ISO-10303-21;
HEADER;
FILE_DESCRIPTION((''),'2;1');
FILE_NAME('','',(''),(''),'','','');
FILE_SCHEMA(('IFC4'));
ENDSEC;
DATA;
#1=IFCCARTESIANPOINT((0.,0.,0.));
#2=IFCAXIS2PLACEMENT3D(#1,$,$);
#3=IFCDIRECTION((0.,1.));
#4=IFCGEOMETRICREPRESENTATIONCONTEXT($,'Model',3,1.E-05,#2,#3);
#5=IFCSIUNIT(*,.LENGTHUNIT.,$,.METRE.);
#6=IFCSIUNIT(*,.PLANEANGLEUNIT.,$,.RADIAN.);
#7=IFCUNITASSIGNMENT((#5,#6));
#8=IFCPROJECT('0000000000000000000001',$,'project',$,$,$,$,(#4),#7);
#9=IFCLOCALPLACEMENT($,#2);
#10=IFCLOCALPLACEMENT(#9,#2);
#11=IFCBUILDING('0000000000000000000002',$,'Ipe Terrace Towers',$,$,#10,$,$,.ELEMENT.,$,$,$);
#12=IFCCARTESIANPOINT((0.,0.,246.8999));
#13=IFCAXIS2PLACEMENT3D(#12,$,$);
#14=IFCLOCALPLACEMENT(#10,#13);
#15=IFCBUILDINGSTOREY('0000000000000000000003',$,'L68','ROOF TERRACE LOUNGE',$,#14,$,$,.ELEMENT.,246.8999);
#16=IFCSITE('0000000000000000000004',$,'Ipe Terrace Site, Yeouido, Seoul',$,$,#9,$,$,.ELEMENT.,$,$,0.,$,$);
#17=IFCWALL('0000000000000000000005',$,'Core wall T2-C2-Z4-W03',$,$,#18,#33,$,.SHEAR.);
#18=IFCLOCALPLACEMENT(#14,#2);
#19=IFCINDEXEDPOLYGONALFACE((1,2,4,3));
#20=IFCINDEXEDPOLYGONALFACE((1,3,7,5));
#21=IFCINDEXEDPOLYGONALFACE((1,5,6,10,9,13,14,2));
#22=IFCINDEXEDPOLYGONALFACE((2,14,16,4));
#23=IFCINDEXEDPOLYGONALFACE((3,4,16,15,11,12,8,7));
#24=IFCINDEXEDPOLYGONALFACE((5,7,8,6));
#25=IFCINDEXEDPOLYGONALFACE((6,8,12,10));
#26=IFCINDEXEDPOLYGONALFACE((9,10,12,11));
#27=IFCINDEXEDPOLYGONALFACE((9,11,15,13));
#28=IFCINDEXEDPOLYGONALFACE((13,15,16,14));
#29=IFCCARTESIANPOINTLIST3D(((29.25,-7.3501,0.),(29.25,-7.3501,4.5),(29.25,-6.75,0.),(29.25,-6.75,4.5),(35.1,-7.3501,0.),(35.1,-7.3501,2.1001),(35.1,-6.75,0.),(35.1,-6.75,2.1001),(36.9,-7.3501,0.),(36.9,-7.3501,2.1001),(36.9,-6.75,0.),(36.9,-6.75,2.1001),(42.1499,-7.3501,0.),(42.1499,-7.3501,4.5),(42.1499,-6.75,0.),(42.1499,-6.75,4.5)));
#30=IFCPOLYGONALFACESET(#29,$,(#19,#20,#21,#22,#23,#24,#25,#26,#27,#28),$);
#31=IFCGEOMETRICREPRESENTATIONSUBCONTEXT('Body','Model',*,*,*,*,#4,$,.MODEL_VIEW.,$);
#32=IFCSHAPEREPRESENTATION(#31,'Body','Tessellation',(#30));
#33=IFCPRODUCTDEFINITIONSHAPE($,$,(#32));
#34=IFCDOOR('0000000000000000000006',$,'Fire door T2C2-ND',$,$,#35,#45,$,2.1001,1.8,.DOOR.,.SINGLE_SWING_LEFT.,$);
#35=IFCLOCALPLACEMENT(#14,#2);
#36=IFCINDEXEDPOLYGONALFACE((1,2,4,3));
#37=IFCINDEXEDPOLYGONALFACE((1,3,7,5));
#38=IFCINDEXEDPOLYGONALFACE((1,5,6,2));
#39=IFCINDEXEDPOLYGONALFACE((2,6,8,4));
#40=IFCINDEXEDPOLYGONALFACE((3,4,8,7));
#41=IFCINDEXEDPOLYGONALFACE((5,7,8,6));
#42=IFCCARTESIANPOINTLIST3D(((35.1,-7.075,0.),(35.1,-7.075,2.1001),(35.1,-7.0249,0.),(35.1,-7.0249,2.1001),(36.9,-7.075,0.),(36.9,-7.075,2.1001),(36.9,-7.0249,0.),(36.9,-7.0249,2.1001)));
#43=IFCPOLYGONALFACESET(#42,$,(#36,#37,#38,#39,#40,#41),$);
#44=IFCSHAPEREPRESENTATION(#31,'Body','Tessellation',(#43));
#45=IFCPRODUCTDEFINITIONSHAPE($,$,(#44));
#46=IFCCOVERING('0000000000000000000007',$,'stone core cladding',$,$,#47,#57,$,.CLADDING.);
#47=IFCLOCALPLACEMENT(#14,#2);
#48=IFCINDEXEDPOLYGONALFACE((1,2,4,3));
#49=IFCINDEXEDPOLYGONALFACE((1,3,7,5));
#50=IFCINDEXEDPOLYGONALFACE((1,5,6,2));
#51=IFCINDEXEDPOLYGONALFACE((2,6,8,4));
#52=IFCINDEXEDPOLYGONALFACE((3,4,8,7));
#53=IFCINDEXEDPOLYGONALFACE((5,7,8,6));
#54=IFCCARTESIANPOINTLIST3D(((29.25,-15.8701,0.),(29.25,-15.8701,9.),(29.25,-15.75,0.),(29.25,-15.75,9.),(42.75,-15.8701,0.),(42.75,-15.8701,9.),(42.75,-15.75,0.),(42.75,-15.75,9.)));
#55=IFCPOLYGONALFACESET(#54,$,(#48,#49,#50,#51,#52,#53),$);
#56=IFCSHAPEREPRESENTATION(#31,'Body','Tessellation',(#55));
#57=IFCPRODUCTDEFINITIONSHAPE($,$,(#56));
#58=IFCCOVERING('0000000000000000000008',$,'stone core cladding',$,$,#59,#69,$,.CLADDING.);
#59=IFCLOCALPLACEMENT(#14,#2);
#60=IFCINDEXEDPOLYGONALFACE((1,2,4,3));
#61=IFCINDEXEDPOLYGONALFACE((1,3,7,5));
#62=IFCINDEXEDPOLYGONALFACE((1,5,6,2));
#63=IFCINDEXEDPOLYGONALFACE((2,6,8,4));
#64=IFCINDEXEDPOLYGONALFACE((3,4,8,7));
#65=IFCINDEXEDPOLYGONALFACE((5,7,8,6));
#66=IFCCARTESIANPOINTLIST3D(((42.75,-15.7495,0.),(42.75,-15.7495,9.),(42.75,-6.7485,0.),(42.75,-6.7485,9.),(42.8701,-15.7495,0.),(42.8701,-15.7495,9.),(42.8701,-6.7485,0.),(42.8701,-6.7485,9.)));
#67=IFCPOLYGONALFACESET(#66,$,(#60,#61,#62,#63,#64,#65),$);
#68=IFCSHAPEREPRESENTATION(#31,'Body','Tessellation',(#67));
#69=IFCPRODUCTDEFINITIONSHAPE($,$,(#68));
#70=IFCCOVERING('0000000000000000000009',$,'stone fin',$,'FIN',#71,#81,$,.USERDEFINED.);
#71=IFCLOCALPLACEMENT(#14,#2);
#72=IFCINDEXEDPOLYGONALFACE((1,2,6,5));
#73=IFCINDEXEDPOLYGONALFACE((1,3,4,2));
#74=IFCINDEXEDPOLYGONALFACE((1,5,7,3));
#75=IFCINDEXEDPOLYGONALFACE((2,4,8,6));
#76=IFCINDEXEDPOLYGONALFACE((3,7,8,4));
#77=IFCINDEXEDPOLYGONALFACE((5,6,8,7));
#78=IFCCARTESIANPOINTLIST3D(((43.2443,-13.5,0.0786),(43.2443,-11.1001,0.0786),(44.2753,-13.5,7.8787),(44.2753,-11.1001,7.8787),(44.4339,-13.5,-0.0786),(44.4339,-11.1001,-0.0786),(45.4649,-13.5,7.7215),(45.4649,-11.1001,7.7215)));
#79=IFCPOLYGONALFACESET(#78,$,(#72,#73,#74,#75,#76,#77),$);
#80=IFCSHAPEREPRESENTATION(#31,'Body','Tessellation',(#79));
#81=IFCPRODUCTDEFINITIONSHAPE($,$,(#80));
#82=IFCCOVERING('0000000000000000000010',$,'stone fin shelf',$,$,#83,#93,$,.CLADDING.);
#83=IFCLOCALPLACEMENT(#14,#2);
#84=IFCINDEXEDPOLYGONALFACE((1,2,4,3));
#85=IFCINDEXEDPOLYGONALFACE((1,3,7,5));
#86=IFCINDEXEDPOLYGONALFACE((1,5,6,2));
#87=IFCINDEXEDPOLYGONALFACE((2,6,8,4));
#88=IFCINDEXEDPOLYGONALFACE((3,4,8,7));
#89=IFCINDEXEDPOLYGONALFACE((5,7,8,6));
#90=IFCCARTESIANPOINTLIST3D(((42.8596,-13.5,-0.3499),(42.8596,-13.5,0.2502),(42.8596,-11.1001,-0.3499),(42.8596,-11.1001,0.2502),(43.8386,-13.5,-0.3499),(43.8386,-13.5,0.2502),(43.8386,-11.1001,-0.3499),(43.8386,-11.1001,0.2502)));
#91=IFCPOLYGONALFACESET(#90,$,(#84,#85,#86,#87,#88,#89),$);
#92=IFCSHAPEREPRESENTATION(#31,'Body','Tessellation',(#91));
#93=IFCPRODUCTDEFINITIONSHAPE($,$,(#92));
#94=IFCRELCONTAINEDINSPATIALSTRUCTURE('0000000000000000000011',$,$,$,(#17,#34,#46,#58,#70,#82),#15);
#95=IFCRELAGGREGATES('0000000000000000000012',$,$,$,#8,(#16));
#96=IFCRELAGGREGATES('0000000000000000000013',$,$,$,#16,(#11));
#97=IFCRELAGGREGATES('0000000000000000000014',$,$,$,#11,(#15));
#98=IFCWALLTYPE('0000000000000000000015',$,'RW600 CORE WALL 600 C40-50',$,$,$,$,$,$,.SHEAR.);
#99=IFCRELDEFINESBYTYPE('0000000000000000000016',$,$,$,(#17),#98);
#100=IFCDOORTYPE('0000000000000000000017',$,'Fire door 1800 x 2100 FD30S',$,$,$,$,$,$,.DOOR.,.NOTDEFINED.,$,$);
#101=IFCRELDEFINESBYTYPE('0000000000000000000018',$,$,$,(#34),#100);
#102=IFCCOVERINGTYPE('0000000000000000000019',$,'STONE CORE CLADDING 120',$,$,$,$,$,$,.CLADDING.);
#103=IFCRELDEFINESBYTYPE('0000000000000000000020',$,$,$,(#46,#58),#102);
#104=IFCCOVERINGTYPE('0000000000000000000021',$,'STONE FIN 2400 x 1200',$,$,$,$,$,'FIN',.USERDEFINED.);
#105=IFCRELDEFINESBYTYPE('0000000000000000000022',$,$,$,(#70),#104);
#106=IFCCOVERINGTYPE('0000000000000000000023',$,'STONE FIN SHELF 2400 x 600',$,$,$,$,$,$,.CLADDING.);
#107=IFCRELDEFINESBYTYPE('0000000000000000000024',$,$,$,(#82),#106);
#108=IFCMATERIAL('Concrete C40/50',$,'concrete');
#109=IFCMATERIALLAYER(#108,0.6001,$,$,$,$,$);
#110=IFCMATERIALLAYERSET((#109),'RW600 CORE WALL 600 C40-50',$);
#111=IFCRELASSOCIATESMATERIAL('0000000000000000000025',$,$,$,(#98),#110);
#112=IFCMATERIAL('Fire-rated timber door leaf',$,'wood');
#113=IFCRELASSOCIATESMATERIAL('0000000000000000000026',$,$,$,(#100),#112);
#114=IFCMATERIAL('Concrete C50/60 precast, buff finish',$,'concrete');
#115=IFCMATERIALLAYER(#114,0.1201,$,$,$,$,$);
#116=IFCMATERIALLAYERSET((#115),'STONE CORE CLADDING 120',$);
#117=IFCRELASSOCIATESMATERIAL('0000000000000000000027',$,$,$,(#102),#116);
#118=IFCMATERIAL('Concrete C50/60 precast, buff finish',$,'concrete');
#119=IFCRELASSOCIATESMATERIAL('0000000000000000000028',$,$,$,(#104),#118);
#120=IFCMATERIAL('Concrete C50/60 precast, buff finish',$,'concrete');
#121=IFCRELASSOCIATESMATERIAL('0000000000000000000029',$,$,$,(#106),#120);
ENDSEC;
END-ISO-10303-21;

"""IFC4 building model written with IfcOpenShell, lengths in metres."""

from ifc_helpers import new_model, si_unit, direction, frame, frame_2d, origin, origin_2d, place, context, subcontext, project, spatial, rectangle, extrude, material, layer, layer_set, material_profile, profile_set, type_object, element, fill, save


model = new_model("IFC4")

# Units and contexts
model_context = context("Model", 3, precision=1e-05, world=origin(), true_north=direction((0.0, 1.0)))
body_context = subcontext(model_context, "Body", "Model", "MODEL_VIEW")
ifc_project = project(units=[si_unit("LENGTHUNIT", "METRE"), si_unit("PLANEANGLEUNIT", "RADIAN")], contexts=[model_context])

# Site, building, storey
site_placement = place(None, origin())
site = spatial("IfcSite", under=ifc_project, at=site_placement, Name="Ipe Terrace Site, Yeouido, Seoul", CompositionType="ELEMENT", RefElevation=0.0)
building_placement = place(site_placement, origin())
building = spatial("IfcBuilding", under=site, at=building_placement, Name="Ipe Terrace Towers", CompositionType="ELEMENT")
storey_placement = place(building_placement, frame((0.0, 0.0, 246.8999)))
storey = spatial("IfcBuildingStorey", under=building, at=storey_placement, Name="L68", Description="ROOF TERRACE LOUNGE", CompositionType="ELEMENT", Elevation=246.8999)

# Shared definitions
ifc_material_1 = material(Name="Concrete C40/50", Category="concrete")
ifc_layer_1 = layer(ifc_material_1, 0.6001)
ifc_layer_set_1 = layer_set([ifc_layer_1], Name="RW600 CORE WALL 600 C40-50")
wall_type_1 = type_object("IfcWallType", Name="RW600 CORE WALL 600 C40-50", PredefinedType="SHEAR", material=ifc_layer_set_1)

# Wall, opening, door
wall_1_placement = place(storey_placement, frame((42.1499, -7.05, 0.0), z_axis=(0.0, 0.0, 1.0), x_axis=(-1.0, 0.0, 0.0)))
wall_1 = element("IfcWall", 1, at=wall_1_placement, inside=storey, type_object=wall_type_1, Name="Core wall T2-C2-Z4-W03", PredefinedType="SHEAR", context=body_context, shape_type="SweptSolid", body=[
    extrude(rectangle(XDim=12.8999, YDim=0.6001, at=frame_2d((6.45, 0.0))), origin(), (0.0, 0.0, 1.0), 4.5),
])
opening_1_placement = place(wall_1_placement, frame((5.25, 0.0, 0.0)))
opening_1 = element("IfcOpeningElement", 2, at=opening_1_placement, cuts=wall_1, PredefinedType="OPENING", context=body_context, shape_type="SweptSolid", body=[
    extrude(rectangle(XDim=1.8, YDim=2.1001, at=frame_2d((0.8999, 1.05))), frame((0.0, 0.3101, 0.0), z_axis=(0.0, -1.0, 0.0), x_axis=(1.0, 0.0, 0.0)), (0.0, 0.0, 1.0), 0.6201),
])
ifc_material_2 = material(Name="Fire-rated timber door leaf", Category="wood")
door_type_1 = type_object("IfcDoorType", Name="Fire door 1800 x 2100 FD30S", OperationType="NOTDEFINED", PredefinedType="DOOR", material=ifc_material_2)
door_1_placement = place(opening_1_placement, origin())
door_1 = element("IfcDoor", 3, at=door_1_placement, inside=storey, type_object=door_type_1, Name="Fire door T2C2-ND", OperationType="SINGLE_SWING_LEFT", OverallHeight=2.1001, OverallWidth=1.8, PredefinedType="DOOR", context=body_context, shape_type="SweptSolid", body=[
    extrude(rectangle(XDim=1.8, YDim=2.1001, at=frame_2d((0.8999, 1.05))), frame((0.0, 0.0249, 0.0), z_axis=(0.0, -1.0, 0.0), x_axis=(1.0, 0.0, 0.0)), (0.0, 0.0, 1.0), 0.05),
])
fill(opening_1, door_1)

# Coverings
ifc_material_3 = material(Name="Concrete C50/60 precast, buff finish", Category="concrete")
ifc_layer_2 = layer(ifc_material_3, 0.1201)
ifc_layer_set_2 = layer_set([ifc_layer_2], Name="STONE CORE CLADDING 120")
covering_type_1 = type_object("IfcCoveringType", Name="STONE CORE CLADDING 120", PredefinedType="CLADDING", material=ifc_layer_set_2)
covering_1_placement = place(storey_placement, frame((36.0, -15.8101, 0.0), z_axis=(0.0, 0.0, 1.0), x_axis=(1.0, 0.0, 0.0)))
element("IfcCovering", 4, at=covering_1_placement, inside=storey, type_object=covering_type_1, Name="stone core cladding", PredefinedType="CLADDING", context=body_context, shape_type="SweptSolid", body=[
    extrude(rectangle(XDim=13.5, YDim=0.1201, at=origin_2d()), origin(), (0.0, 0.0, 1.0), 9.0),
])
covering_2_placement = place(storey_placement, frame((42.8101, -11.249, 0.0), z_axis=(0.0, 0.0, 1.0), x_axis=(0.0, 1.0, 0.0)))
element("IfcCovering", 5, at=covering_2_placement, inside=storey, type_object=covering_type_1, Name="stone core cladding", PredefinedType="CLADDING", context=body_context, shape_type="SweptSolid", body=[
    extrude(rectangle(XDim=9.001, YDim=0.1201, at=origin_2d()), origin(), (0.0, 0.0, 1.0), 9.0),
])
ifc_material_4 = material(Name="Concrete C50/60 precast, buff finish", Category="concrete")
ifc_material_profile_1 = material_profile(ifc_material_4, rectangle(XDim=2.3999, YDim=1.2, at=origin_2d()), Name="STONE FIN 2400 x 1200")
ifc_profile_set_1 = profile_set([ifc_material_profile_1], Name="Concrete C50/60 precast, buff finish")
covering_type_2 = type_object("IfcCoveringType", Name="STONE FIN 2400 x 1200", ElementType="FIN", PredefinedType="USERDEFINED", material=ifc_profile_set_1)
covering_3_placement = place(storey_placement, frame((43.8391, -12.3, 0.0), z_axis=(0.13104, 0.0, 0.991377), x_axis=(0.0, 1.0, 0.0)))
element("IfcCovering", 6, at=covering_3_placement, inside=storey, type_object=covering_type_2, Name="stone fin", ObjectType="FIN", PredefinedType="USERDEFINED", context=body_context, shape_type="SweptSolid", body=[
    extrude(rectangle(XDim=2.3999, YDim=1.2, at=origin_2d()), origin(), (0.0, 0.0, 1.0), 7.8679),
])
ifc_material_5 = material(Name="Concrete C50/60 precast, buff finish", Category="concrete")
covering_type_3 = type_object("IfcCoveringType", Name="STONE FIN SHELF 2400 x 600", PredefinedType="CLADDING", material=ifc_material_5)
covering_4_placement = place(storey_placement, frame((43.3491, -12.3, -0.3499), z_axis=(0.0, 0.0, 1.0), x_axis=(0.0, 1.0, 0.0)))
element("IfcCovering", 7, at=covering_4_placement, inside=storey, type_object=covering_type_3, Name="stone fin shelf", PredefinedType="CLADDING", context=body_context, shape_type="SweptSolid", body=[
    extrude(rectangle(XDim=2.3999, YDim=0.979, at=origin_2d()), origin(), (0.0, 0.0, 1.0), 0.6001),
])

save(model, "model.ifc")
